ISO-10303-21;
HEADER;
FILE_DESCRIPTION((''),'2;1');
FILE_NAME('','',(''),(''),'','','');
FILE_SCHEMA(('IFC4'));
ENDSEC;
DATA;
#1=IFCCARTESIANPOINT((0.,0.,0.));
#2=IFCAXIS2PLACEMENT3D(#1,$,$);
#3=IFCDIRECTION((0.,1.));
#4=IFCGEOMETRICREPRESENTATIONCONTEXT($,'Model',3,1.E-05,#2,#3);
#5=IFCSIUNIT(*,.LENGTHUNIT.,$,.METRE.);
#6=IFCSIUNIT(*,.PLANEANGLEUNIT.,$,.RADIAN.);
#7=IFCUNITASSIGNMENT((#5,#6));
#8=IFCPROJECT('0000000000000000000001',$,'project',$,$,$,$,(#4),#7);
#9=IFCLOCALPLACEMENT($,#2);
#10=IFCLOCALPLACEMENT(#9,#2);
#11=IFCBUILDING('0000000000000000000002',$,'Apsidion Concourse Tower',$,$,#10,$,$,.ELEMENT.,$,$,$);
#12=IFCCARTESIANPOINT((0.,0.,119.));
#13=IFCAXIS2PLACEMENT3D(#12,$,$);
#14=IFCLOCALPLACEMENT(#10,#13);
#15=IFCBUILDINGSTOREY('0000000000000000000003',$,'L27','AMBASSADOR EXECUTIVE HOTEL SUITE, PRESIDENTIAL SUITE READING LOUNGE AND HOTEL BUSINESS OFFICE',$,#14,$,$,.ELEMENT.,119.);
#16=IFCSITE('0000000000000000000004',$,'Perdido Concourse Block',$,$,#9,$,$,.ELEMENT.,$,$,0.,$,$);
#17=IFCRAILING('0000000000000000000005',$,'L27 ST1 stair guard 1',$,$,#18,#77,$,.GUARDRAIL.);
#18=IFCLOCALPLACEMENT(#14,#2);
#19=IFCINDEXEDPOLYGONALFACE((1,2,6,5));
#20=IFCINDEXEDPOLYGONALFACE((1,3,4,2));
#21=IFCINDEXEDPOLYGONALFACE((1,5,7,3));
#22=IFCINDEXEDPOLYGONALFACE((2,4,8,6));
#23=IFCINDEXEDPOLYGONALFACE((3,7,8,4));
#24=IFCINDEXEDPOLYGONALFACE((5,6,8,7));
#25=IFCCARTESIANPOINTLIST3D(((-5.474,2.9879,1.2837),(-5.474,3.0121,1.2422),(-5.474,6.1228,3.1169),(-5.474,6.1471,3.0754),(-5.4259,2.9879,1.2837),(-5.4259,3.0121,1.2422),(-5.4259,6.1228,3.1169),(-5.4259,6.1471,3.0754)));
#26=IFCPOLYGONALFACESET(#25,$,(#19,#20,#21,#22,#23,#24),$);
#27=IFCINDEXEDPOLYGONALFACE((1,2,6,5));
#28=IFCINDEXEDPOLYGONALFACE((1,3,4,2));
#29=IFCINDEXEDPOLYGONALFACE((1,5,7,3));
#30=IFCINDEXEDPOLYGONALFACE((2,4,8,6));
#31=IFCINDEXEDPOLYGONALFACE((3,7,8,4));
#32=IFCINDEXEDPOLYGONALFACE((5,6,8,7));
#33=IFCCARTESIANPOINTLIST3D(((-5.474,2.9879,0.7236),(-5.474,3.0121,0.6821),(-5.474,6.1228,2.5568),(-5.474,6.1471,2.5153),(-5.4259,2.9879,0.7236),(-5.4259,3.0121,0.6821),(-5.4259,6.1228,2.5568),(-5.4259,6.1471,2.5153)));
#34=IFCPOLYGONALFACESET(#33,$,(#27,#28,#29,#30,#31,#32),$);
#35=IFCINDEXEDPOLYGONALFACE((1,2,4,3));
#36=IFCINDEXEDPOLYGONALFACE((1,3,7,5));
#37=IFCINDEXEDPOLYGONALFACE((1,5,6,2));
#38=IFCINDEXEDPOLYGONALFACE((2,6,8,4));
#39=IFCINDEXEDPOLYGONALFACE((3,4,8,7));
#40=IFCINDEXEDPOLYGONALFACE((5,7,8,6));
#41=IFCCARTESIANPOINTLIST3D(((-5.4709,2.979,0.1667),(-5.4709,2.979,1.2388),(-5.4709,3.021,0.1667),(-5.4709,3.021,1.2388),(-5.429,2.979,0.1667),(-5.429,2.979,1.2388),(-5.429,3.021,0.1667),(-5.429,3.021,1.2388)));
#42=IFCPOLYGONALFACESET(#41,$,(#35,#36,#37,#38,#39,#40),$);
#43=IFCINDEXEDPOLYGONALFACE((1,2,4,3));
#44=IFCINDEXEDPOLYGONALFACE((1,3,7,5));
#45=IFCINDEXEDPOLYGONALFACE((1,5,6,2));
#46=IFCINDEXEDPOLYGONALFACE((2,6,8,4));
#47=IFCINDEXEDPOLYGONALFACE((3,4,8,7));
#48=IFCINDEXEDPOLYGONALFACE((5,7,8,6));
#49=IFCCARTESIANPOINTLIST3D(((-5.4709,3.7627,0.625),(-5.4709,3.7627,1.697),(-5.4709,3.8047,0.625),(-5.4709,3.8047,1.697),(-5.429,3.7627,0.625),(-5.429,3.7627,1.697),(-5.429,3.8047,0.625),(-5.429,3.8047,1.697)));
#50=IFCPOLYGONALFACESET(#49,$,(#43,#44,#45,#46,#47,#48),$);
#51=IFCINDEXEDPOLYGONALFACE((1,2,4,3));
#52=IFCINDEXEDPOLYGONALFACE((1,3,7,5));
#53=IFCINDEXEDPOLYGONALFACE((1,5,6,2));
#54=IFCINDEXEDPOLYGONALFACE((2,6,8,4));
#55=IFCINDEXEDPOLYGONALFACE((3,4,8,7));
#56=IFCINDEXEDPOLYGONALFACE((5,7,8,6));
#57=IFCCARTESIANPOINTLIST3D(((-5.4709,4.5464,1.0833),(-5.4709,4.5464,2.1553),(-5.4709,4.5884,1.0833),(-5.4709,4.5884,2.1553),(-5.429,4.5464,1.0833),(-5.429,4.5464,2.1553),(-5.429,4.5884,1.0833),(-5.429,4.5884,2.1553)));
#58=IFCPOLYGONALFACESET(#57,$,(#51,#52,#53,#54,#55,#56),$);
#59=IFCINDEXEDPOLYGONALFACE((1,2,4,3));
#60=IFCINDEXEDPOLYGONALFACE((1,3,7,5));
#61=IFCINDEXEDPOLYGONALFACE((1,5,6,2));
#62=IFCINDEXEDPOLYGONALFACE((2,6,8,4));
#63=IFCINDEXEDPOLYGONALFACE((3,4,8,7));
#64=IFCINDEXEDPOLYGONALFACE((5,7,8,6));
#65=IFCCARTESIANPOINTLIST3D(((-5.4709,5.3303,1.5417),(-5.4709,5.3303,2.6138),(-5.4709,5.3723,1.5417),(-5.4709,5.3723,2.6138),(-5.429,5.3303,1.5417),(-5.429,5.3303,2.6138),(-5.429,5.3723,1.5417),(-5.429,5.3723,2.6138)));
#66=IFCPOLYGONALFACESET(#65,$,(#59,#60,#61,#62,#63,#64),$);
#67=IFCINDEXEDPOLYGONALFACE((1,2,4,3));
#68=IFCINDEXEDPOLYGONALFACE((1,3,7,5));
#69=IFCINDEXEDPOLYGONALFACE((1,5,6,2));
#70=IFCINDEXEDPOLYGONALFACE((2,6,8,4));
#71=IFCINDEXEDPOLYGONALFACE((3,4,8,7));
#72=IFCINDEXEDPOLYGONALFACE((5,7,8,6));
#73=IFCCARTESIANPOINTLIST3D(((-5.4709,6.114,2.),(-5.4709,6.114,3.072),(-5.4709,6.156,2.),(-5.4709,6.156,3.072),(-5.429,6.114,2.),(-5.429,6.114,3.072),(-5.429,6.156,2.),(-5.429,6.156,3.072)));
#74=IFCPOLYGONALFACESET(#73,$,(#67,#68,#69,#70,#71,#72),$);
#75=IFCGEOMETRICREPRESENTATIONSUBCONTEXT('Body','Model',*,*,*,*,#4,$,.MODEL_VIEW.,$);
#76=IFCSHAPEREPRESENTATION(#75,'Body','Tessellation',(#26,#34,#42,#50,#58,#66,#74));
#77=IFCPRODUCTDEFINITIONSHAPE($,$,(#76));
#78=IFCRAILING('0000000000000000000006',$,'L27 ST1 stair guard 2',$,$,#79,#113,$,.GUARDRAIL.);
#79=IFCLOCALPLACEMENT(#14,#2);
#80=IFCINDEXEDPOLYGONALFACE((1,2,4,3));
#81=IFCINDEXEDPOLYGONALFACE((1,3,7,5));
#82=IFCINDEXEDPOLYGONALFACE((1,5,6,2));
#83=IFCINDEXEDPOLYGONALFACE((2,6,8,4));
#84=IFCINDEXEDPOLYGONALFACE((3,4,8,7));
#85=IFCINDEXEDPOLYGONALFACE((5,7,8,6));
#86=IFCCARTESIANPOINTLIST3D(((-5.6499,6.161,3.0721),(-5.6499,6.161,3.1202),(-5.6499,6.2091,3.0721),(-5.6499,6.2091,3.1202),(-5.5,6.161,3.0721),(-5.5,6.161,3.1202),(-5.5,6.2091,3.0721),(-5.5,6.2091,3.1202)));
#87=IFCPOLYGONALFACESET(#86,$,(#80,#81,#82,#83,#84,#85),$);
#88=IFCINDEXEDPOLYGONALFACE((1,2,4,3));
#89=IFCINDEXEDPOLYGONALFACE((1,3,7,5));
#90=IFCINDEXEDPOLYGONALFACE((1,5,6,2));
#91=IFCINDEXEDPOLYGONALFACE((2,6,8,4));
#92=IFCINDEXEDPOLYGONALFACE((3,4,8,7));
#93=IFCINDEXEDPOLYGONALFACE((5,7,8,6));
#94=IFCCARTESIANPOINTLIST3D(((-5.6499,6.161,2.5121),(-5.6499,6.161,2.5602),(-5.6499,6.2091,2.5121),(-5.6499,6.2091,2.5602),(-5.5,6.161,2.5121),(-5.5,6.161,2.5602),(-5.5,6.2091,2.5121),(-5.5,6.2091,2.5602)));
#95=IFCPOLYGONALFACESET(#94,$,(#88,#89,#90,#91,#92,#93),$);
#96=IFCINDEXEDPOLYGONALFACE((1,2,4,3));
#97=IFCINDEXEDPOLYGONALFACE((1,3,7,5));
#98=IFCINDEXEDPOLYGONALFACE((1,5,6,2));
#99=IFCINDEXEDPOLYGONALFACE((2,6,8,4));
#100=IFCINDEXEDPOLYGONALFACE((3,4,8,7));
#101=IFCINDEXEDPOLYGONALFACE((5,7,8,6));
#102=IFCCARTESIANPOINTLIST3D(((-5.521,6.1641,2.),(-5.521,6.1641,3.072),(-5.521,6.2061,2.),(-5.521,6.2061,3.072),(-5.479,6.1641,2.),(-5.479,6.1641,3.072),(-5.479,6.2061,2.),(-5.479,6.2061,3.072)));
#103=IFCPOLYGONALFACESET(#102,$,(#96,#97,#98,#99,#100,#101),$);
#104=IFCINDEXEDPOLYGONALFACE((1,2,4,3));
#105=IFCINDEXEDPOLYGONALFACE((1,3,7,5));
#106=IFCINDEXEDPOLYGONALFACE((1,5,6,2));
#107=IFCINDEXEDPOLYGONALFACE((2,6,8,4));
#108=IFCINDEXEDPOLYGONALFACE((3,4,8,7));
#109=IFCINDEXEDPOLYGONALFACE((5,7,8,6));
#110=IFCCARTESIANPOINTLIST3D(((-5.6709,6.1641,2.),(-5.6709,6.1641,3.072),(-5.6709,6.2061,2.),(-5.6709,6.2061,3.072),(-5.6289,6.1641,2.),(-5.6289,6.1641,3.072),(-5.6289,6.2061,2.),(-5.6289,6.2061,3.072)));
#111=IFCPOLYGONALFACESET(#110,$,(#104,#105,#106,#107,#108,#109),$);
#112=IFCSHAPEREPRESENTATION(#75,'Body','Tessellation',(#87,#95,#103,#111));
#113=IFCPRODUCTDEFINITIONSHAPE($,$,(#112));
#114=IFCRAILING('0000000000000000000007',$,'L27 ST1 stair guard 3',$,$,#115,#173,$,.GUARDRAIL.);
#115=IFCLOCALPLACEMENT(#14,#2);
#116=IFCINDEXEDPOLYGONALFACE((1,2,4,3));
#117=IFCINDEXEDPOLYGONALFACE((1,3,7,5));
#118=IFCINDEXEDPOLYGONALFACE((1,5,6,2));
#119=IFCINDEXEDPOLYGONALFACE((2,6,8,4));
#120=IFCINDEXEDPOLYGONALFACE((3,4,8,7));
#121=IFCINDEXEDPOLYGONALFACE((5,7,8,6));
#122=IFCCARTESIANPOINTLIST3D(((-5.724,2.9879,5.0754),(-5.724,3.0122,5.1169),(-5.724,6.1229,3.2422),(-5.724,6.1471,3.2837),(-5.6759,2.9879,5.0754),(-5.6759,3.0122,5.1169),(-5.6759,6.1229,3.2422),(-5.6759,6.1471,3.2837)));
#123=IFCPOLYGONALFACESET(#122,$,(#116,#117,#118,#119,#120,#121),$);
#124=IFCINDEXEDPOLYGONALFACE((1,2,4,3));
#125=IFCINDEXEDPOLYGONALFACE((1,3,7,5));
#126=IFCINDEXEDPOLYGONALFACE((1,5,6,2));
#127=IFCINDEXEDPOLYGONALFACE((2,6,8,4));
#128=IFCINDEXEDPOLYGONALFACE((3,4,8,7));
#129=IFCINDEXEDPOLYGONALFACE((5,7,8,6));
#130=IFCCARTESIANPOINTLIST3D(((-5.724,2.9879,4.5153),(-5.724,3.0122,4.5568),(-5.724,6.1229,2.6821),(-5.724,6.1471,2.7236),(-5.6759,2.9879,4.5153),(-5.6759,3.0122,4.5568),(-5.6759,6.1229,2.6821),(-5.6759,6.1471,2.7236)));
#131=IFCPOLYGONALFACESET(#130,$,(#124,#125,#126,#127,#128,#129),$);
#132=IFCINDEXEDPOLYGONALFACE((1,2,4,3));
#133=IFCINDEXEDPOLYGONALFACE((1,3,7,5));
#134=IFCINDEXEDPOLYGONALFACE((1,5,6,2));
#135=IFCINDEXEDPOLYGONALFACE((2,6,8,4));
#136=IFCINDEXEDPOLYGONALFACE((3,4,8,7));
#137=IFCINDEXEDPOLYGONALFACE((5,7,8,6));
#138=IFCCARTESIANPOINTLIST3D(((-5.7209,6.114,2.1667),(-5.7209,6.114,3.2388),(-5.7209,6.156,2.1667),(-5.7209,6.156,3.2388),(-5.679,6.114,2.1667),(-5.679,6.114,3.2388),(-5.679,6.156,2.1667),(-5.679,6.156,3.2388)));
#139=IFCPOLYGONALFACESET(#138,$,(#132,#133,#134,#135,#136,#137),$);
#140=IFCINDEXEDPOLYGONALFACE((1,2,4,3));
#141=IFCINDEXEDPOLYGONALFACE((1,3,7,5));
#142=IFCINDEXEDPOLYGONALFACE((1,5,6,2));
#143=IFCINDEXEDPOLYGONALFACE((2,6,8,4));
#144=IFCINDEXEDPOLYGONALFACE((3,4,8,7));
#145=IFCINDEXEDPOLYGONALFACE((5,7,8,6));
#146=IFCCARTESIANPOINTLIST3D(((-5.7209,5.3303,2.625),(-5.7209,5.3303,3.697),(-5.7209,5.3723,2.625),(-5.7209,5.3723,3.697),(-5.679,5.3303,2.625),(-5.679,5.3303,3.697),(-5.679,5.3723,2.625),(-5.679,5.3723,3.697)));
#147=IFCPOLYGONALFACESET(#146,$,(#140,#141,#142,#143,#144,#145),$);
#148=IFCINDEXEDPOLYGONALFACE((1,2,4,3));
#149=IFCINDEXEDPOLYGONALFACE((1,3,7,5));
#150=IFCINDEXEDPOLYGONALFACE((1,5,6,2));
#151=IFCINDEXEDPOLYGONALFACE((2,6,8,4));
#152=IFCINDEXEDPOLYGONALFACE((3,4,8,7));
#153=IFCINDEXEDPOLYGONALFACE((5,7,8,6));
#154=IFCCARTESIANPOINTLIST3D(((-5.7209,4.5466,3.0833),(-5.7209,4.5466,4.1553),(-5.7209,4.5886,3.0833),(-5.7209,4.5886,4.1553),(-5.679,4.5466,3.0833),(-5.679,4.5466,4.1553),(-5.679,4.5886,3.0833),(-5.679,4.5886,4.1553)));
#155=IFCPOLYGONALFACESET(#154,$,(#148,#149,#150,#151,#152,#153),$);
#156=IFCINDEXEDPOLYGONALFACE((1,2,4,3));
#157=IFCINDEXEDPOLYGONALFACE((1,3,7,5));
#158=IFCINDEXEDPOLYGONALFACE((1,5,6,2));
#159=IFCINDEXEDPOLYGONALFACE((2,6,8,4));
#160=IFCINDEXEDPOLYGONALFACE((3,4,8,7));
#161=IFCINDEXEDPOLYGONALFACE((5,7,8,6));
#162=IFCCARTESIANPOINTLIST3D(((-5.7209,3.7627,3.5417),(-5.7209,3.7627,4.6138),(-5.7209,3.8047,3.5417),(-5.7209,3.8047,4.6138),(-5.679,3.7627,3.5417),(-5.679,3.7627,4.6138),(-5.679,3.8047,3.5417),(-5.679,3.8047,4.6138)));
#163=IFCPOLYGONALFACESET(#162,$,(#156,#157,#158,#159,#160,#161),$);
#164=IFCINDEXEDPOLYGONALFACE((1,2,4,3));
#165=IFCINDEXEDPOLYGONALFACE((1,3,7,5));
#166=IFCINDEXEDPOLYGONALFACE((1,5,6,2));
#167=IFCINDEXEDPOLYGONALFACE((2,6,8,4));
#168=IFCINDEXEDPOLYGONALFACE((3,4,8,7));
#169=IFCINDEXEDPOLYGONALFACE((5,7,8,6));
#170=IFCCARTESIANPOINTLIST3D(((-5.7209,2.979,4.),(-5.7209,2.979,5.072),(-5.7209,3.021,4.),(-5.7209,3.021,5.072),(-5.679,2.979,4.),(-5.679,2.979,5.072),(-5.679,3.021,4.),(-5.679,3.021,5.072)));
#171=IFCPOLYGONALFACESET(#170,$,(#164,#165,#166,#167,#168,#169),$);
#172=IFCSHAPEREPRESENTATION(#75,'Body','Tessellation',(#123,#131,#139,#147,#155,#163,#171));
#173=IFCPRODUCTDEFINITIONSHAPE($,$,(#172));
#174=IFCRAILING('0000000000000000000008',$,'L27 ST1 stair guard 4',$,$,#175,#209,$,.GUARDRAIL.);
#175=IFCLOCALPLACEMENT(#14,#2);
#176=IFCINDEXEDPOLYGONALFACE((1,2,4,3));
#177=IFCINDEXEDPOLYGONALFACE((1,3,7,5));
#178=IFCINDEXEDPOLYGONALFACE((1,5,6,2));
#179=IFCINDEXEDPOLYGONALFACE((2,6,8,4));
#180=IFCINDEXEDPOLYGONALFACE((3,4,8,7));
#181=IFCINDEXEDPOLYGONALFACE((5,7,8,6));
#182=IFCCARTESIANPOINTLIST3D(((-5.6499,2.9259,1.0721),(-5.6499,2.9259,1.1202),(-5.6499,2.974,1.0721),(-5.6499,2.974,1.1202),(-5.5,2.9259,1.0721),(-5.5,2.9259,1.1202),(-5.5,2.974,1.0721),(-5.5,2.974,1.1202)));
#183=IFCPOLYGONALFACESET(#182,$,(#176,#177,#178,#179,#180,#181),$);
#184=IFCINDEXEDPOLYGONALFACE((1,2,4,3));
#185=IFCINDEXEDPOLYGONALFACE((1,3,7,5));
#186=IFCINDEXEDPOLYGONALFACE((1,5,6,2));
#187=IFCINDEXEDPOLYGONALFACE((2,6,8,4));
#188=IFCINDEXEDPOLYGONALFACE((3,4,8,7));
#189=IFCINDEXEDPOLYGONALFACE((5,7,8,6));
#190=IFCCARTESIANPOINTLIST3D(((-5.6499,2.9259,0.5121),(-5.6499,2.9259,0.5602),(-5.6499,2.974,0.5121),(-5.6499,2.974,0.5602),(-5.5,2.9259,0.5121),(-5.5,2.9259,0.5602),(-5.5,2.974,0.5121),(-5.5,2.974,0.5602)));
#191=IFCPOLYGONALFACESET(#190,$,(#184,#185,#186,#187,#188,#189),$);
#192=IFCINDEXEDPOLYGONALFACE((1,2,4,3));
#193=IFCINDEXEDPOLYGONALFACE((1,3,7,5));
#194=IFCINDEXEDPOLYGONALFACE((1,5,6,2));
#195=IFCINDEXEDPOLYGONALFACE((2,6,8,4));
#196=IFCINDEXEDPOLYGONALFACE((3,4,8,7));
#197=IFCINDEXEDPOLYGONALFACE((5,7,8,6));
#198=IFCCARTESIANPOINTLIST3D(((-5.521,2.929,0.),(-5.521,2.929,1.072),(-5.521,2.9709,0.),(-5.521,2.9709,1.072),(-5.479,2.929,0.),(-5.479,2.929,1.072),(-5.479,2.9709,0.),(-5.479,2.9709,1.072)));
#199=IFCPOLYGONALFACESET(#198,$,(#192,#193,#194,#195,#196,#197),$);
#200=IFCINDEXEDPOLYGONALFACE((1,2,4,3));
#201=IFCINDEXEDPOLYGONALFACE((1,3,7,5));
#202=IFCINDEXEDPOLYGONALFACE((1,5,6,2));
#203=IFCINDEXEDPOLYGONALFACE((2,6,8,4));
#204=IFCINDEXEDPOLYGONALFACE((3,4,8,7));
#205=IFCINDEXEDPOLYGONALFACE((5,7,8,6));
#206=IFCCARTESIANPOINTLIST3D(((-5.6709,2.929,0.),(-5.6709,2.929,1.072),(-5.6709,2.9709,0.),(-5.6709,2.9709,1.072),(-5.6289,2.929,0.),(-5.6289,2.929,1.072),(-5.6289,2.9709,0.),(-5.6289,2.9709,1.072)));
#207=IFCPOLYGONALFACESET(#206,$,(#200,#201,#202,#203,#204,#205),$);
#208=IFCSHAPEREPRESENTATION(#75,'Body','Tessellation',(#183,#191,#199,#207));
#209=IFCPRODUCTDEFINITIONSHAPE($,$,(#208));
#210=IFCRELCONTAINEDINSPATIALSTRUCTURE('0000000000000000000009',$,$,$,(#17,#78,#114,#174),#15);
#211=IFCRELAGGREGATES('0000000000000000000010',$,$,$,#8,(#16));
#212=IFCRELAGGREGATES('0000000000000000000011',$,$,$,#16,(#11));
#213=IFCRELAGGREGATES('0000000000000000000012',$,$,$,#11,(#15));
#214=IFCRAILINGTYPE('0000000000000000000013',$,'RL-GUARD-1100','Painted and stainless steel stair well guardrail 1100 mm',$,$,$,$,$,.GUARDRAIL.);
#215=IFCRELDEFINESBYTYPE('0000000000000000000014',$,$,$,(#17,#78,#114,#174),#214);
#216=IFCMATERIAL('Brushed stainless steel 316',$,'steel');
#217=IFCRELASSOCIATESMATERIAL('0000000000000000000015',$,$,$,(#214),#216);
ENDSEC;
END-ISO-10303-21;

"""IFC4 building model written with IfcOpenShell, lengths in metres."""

from ifc_helpers import new_model, si_unit, direction, frame, origin, origin_2d, place, context, subcontext, project, spatial, rectangle, extrude, material, type_object, element, save


model = new_model("IFC4")

# Units and contexts
model_context = context("Model", 3, precision=1e-05, world=origin(), true_north=direction((0.0, 1.0)))
body_context = subcontext(model_context, "Body", "Model", "MODEL_VIEW")
ifc_project = project(units=[si_unit("LENGTHUNIT", "METRE"), si_unit("PLANEANGLEUNIT", "RADIAN")], contexts=[model_context])

# Site, building, storey
site_placement = place(None, origin())
site = spatial("IfcSite", under=ifc_project, at=site_placement, Name="Perdido Concourse Block", CompositionType="ELEMENT", RefElevation=0.0)
building_placement = place(site_placement, origin())
building = spatial("IfcBuilding", under=site, at=building_placement, Name="Apsidion Concourse Tower", CompositionType="ELEMENT")
storey_placement = place(building_placement, frame((0.0, 0.0, 119.0)))
storey = spatial("IfcBuildingStorey", under=building, at=storey_placement, Name="L27", Description="AMBASSADOR EXECUTIVE HOTEL SUITE, PRESIDENTIAL SUITE READING LOUNGE AND HOTEL BUSINESS OFFICE", CompositionType="ELEMENT", Elevation=119.0)

# Railings
ifc_material_1 = material(Name="Brushed stainless steel 316", Category="steel")
railing_type_1 = type_object("IfcRailingType", Name="RL-GUARD-1100", Description="Painted and stainless steel stair well guardrail 1100 mm", PredefinedType="GUARDRAIL", material=ifc_material_1)
railing_1_placement = place(storey_placement, frame((-5.45, 3.0, 0.1667)))
element("IfcRailing", 1, at=railing_1_placement, inside=storey, type_object=railing_type_1, Name="L27 ST1 stair guard 1", PredefinedType="GUARDRAIL", context=body_context, shape_type="SweptSolid", body=[
    extrude(rectangle(XDim=0.0481, YDim=0.0481, at=origin_2d()), frame((0.0, 0.0, 1.0962), z_axis=(0.0, 0.86324, 0.504794), x_axis=(-1.0, 0.0, 0.0)), (0.0, 0.0, 1.0), 3.6316),
    extrude(rectangle(XDim=0.0481, YDim=0.0481, at=origin_2d()), frame((0.0, 0.0, 0.5361), z_axis=(0.0, 0.86324, 0.504794), x_axis=(-1.0, 0.0, 0.0)), (0.0, 0.0, 1.0), 3.6316),
    extrude(rectangle(XDim=0.042, YDim=0.042, at=origin_2d()), origin(), (0.0, 0.0, 1.0), 1.072),
    extrude(rectangle(XDim=0.042, YDim=0.042, at=origin_2d()), frame((0.0, 0.7837, 0.4583)), (0.0, 0.0, 1.0), 1.072),
    extrude(rectangle(XDim=0.042, YDim=0.042, at=origin_2d()), frame((0.0, 1.5674, 0.9165)), (0.0, 0.0, 1.0), 1.072),
    extrude(rectangle(XDim=0.042, YDim=0.042, at=origin_2d()), frame((0.0, 2.3513, 1.375)), (0.0, 0.0, 1.0), 1.072),
    extrude(rectangle(XDim=0.042, YDim=0.042, at=origin_2d()), frame((0.0, 3.135, 1.8333)), (0.0, 0.0, 1.0), 1.072),
])
railing_2_placement = place(storey_placement, frame((-5.5, 6.1851, 2.0)))
element("IfcRailing", 2, at=railing_2_placement, inside=storey, type_object=railing_type_1, Name="L27 ST1 stair guard 2", PredefinedType="GUARDRAIL", context=body_context, shape_type="SweptSolid", body=[
    extrude(rectangle(XDim=0.0481, YDim=0.0481, at=origin_2d()), frame((0.0, 0.0, 1.0962), z_axis=(-1.0, 0.0, 0.0), x_axis=(0.0, -1.0, 0.0)), (0.0, 0.0, 1.0), 0.1499),
    extrude(rectangle(XDim=0.0481, YDim=0.0481, at=origin_2d()), frame((0.0, 0.0, 0.5361), z_axis=(-1.0, 0.0, 0.0), x_axis=(0.0, -1.0, 0.0)), (0.0, 0.0, 1.0), 0.1499),
    extrude(rectangle(XDim=0.042, YDim=0.042, at=origin_2d()), origin(), (0.0, 0.0, 1.0), 1.072),
    extrude(rectangle(XDim=0.042, YDim=0.042, at=origin_2d()), frame((-0.1499, 0.0, 0.0)), (0.0, 0.0, 1.0), 1.072),
])
railing_3_placement = place(storey_placement, frame((-5.7, 6.135, 2.1667)))
element("IfcRailing", 3, at=railing_3_placement, inside=storey, type_object=railing_type_1, Name="L27 ST1 stair guard 3", PredefinedType="GUARDRAIL", context=body_context, shape_type="SweptSolid", body=[
    extrude(rectangle(XDim=0.0481, YDim=0.0481, at=origin_2d()), frame((0.0, 0.0, 1.0962), z_axis=(0.0, -0.86324, 0.504794), x_axis=(1.0, 0.0, 0.0)), (0.0, 0.0, 1.0), 3.6316),
    extrude(rectangle(XDim=0.0481, YDim=0.0481, at=origin_2d()), frame((0.0, 0.0, 0.5361), z_axis=(0.0, -0.86324, 0.504794), x_axis=(1.0, 0.0, 0.0)), (0.0, 0.0, 1.0), 3.6316),
    extrude(rectangle(XDim=0.042, YDim=0.042, at=origin_2d()), origin(), (0.0, 0.0, 1.0), 1.072),
    extrude(rectangle(XDim=0.042, YDim=0.042, at=origin_2d()), frame((0.0, -0.7837, 0.4583)), (0.0, 0.0, 1.0), 1.072),
    extrude(rectangle(XDim=0.042, YDim=0.042, at=origin_2d()), frame((0.0, -1.5674, 0.9165)), (0.0, 0.0, 1.0), 1.072),
    extrude(rectangle(XDim=0.042, YDim=0.042, at=origin_2d()), frame((0.0, -2.3513, 1.375)), (0.0, 0.0, 1.0), 1.072),
    extrude(rectangle(XDim=0.042, YDim=0.042, at=origin_2d()), frame((0.0, -3.135, 1.8333)), (0.0, 0.0, 1.0), 1.072),
])
railing_4_placement = place(storey_placement, frame((-5.5, 2.95, 0.0)))
element("IfcRailing", 4, at=railing_4_placement, inside=storey, type_object=railing_type_1, Name="L27 ST1 stair guard 4", PredefinedType="GUARDRAIL", context=body_context, shape_type="SweptSolid", body=[
    extrude(rectangle(XDim=0.0481, YDim=0.0481, at=origin_2d()), frame((0.0, 0.0, 1.0962), z_axis=(-1.0, 0.0, 0.0), x_axis=(0.0, -1.0, 0.0)), (0.0, 0.0, 1.0), 0.1499),
    extrude(rectangle(XDim=0.0481, YDim=0.0481, at=origin_2d()), frame((0.0, 0.0, 0.5361), z_axis=(-1.0, 0.0, 0.0), x_axis=(0.0, -1.0, 0.0)), (0.0, 0.0, 1.0), 0.1499),
    extrude(rectangle(XDim=0.042, YDim=0.042, at=origin_2d()), origin(), (0.0, 0.0, 1.0), 1.072),
    extrude(rectangle(XDim=0.042, YDim=0.042, at=origin_2d()), frame((-0.1499, 0.0, 0.0)), (0.0, 0.0, 1.0), 1.072),
])

save(model, "model.ifc")
